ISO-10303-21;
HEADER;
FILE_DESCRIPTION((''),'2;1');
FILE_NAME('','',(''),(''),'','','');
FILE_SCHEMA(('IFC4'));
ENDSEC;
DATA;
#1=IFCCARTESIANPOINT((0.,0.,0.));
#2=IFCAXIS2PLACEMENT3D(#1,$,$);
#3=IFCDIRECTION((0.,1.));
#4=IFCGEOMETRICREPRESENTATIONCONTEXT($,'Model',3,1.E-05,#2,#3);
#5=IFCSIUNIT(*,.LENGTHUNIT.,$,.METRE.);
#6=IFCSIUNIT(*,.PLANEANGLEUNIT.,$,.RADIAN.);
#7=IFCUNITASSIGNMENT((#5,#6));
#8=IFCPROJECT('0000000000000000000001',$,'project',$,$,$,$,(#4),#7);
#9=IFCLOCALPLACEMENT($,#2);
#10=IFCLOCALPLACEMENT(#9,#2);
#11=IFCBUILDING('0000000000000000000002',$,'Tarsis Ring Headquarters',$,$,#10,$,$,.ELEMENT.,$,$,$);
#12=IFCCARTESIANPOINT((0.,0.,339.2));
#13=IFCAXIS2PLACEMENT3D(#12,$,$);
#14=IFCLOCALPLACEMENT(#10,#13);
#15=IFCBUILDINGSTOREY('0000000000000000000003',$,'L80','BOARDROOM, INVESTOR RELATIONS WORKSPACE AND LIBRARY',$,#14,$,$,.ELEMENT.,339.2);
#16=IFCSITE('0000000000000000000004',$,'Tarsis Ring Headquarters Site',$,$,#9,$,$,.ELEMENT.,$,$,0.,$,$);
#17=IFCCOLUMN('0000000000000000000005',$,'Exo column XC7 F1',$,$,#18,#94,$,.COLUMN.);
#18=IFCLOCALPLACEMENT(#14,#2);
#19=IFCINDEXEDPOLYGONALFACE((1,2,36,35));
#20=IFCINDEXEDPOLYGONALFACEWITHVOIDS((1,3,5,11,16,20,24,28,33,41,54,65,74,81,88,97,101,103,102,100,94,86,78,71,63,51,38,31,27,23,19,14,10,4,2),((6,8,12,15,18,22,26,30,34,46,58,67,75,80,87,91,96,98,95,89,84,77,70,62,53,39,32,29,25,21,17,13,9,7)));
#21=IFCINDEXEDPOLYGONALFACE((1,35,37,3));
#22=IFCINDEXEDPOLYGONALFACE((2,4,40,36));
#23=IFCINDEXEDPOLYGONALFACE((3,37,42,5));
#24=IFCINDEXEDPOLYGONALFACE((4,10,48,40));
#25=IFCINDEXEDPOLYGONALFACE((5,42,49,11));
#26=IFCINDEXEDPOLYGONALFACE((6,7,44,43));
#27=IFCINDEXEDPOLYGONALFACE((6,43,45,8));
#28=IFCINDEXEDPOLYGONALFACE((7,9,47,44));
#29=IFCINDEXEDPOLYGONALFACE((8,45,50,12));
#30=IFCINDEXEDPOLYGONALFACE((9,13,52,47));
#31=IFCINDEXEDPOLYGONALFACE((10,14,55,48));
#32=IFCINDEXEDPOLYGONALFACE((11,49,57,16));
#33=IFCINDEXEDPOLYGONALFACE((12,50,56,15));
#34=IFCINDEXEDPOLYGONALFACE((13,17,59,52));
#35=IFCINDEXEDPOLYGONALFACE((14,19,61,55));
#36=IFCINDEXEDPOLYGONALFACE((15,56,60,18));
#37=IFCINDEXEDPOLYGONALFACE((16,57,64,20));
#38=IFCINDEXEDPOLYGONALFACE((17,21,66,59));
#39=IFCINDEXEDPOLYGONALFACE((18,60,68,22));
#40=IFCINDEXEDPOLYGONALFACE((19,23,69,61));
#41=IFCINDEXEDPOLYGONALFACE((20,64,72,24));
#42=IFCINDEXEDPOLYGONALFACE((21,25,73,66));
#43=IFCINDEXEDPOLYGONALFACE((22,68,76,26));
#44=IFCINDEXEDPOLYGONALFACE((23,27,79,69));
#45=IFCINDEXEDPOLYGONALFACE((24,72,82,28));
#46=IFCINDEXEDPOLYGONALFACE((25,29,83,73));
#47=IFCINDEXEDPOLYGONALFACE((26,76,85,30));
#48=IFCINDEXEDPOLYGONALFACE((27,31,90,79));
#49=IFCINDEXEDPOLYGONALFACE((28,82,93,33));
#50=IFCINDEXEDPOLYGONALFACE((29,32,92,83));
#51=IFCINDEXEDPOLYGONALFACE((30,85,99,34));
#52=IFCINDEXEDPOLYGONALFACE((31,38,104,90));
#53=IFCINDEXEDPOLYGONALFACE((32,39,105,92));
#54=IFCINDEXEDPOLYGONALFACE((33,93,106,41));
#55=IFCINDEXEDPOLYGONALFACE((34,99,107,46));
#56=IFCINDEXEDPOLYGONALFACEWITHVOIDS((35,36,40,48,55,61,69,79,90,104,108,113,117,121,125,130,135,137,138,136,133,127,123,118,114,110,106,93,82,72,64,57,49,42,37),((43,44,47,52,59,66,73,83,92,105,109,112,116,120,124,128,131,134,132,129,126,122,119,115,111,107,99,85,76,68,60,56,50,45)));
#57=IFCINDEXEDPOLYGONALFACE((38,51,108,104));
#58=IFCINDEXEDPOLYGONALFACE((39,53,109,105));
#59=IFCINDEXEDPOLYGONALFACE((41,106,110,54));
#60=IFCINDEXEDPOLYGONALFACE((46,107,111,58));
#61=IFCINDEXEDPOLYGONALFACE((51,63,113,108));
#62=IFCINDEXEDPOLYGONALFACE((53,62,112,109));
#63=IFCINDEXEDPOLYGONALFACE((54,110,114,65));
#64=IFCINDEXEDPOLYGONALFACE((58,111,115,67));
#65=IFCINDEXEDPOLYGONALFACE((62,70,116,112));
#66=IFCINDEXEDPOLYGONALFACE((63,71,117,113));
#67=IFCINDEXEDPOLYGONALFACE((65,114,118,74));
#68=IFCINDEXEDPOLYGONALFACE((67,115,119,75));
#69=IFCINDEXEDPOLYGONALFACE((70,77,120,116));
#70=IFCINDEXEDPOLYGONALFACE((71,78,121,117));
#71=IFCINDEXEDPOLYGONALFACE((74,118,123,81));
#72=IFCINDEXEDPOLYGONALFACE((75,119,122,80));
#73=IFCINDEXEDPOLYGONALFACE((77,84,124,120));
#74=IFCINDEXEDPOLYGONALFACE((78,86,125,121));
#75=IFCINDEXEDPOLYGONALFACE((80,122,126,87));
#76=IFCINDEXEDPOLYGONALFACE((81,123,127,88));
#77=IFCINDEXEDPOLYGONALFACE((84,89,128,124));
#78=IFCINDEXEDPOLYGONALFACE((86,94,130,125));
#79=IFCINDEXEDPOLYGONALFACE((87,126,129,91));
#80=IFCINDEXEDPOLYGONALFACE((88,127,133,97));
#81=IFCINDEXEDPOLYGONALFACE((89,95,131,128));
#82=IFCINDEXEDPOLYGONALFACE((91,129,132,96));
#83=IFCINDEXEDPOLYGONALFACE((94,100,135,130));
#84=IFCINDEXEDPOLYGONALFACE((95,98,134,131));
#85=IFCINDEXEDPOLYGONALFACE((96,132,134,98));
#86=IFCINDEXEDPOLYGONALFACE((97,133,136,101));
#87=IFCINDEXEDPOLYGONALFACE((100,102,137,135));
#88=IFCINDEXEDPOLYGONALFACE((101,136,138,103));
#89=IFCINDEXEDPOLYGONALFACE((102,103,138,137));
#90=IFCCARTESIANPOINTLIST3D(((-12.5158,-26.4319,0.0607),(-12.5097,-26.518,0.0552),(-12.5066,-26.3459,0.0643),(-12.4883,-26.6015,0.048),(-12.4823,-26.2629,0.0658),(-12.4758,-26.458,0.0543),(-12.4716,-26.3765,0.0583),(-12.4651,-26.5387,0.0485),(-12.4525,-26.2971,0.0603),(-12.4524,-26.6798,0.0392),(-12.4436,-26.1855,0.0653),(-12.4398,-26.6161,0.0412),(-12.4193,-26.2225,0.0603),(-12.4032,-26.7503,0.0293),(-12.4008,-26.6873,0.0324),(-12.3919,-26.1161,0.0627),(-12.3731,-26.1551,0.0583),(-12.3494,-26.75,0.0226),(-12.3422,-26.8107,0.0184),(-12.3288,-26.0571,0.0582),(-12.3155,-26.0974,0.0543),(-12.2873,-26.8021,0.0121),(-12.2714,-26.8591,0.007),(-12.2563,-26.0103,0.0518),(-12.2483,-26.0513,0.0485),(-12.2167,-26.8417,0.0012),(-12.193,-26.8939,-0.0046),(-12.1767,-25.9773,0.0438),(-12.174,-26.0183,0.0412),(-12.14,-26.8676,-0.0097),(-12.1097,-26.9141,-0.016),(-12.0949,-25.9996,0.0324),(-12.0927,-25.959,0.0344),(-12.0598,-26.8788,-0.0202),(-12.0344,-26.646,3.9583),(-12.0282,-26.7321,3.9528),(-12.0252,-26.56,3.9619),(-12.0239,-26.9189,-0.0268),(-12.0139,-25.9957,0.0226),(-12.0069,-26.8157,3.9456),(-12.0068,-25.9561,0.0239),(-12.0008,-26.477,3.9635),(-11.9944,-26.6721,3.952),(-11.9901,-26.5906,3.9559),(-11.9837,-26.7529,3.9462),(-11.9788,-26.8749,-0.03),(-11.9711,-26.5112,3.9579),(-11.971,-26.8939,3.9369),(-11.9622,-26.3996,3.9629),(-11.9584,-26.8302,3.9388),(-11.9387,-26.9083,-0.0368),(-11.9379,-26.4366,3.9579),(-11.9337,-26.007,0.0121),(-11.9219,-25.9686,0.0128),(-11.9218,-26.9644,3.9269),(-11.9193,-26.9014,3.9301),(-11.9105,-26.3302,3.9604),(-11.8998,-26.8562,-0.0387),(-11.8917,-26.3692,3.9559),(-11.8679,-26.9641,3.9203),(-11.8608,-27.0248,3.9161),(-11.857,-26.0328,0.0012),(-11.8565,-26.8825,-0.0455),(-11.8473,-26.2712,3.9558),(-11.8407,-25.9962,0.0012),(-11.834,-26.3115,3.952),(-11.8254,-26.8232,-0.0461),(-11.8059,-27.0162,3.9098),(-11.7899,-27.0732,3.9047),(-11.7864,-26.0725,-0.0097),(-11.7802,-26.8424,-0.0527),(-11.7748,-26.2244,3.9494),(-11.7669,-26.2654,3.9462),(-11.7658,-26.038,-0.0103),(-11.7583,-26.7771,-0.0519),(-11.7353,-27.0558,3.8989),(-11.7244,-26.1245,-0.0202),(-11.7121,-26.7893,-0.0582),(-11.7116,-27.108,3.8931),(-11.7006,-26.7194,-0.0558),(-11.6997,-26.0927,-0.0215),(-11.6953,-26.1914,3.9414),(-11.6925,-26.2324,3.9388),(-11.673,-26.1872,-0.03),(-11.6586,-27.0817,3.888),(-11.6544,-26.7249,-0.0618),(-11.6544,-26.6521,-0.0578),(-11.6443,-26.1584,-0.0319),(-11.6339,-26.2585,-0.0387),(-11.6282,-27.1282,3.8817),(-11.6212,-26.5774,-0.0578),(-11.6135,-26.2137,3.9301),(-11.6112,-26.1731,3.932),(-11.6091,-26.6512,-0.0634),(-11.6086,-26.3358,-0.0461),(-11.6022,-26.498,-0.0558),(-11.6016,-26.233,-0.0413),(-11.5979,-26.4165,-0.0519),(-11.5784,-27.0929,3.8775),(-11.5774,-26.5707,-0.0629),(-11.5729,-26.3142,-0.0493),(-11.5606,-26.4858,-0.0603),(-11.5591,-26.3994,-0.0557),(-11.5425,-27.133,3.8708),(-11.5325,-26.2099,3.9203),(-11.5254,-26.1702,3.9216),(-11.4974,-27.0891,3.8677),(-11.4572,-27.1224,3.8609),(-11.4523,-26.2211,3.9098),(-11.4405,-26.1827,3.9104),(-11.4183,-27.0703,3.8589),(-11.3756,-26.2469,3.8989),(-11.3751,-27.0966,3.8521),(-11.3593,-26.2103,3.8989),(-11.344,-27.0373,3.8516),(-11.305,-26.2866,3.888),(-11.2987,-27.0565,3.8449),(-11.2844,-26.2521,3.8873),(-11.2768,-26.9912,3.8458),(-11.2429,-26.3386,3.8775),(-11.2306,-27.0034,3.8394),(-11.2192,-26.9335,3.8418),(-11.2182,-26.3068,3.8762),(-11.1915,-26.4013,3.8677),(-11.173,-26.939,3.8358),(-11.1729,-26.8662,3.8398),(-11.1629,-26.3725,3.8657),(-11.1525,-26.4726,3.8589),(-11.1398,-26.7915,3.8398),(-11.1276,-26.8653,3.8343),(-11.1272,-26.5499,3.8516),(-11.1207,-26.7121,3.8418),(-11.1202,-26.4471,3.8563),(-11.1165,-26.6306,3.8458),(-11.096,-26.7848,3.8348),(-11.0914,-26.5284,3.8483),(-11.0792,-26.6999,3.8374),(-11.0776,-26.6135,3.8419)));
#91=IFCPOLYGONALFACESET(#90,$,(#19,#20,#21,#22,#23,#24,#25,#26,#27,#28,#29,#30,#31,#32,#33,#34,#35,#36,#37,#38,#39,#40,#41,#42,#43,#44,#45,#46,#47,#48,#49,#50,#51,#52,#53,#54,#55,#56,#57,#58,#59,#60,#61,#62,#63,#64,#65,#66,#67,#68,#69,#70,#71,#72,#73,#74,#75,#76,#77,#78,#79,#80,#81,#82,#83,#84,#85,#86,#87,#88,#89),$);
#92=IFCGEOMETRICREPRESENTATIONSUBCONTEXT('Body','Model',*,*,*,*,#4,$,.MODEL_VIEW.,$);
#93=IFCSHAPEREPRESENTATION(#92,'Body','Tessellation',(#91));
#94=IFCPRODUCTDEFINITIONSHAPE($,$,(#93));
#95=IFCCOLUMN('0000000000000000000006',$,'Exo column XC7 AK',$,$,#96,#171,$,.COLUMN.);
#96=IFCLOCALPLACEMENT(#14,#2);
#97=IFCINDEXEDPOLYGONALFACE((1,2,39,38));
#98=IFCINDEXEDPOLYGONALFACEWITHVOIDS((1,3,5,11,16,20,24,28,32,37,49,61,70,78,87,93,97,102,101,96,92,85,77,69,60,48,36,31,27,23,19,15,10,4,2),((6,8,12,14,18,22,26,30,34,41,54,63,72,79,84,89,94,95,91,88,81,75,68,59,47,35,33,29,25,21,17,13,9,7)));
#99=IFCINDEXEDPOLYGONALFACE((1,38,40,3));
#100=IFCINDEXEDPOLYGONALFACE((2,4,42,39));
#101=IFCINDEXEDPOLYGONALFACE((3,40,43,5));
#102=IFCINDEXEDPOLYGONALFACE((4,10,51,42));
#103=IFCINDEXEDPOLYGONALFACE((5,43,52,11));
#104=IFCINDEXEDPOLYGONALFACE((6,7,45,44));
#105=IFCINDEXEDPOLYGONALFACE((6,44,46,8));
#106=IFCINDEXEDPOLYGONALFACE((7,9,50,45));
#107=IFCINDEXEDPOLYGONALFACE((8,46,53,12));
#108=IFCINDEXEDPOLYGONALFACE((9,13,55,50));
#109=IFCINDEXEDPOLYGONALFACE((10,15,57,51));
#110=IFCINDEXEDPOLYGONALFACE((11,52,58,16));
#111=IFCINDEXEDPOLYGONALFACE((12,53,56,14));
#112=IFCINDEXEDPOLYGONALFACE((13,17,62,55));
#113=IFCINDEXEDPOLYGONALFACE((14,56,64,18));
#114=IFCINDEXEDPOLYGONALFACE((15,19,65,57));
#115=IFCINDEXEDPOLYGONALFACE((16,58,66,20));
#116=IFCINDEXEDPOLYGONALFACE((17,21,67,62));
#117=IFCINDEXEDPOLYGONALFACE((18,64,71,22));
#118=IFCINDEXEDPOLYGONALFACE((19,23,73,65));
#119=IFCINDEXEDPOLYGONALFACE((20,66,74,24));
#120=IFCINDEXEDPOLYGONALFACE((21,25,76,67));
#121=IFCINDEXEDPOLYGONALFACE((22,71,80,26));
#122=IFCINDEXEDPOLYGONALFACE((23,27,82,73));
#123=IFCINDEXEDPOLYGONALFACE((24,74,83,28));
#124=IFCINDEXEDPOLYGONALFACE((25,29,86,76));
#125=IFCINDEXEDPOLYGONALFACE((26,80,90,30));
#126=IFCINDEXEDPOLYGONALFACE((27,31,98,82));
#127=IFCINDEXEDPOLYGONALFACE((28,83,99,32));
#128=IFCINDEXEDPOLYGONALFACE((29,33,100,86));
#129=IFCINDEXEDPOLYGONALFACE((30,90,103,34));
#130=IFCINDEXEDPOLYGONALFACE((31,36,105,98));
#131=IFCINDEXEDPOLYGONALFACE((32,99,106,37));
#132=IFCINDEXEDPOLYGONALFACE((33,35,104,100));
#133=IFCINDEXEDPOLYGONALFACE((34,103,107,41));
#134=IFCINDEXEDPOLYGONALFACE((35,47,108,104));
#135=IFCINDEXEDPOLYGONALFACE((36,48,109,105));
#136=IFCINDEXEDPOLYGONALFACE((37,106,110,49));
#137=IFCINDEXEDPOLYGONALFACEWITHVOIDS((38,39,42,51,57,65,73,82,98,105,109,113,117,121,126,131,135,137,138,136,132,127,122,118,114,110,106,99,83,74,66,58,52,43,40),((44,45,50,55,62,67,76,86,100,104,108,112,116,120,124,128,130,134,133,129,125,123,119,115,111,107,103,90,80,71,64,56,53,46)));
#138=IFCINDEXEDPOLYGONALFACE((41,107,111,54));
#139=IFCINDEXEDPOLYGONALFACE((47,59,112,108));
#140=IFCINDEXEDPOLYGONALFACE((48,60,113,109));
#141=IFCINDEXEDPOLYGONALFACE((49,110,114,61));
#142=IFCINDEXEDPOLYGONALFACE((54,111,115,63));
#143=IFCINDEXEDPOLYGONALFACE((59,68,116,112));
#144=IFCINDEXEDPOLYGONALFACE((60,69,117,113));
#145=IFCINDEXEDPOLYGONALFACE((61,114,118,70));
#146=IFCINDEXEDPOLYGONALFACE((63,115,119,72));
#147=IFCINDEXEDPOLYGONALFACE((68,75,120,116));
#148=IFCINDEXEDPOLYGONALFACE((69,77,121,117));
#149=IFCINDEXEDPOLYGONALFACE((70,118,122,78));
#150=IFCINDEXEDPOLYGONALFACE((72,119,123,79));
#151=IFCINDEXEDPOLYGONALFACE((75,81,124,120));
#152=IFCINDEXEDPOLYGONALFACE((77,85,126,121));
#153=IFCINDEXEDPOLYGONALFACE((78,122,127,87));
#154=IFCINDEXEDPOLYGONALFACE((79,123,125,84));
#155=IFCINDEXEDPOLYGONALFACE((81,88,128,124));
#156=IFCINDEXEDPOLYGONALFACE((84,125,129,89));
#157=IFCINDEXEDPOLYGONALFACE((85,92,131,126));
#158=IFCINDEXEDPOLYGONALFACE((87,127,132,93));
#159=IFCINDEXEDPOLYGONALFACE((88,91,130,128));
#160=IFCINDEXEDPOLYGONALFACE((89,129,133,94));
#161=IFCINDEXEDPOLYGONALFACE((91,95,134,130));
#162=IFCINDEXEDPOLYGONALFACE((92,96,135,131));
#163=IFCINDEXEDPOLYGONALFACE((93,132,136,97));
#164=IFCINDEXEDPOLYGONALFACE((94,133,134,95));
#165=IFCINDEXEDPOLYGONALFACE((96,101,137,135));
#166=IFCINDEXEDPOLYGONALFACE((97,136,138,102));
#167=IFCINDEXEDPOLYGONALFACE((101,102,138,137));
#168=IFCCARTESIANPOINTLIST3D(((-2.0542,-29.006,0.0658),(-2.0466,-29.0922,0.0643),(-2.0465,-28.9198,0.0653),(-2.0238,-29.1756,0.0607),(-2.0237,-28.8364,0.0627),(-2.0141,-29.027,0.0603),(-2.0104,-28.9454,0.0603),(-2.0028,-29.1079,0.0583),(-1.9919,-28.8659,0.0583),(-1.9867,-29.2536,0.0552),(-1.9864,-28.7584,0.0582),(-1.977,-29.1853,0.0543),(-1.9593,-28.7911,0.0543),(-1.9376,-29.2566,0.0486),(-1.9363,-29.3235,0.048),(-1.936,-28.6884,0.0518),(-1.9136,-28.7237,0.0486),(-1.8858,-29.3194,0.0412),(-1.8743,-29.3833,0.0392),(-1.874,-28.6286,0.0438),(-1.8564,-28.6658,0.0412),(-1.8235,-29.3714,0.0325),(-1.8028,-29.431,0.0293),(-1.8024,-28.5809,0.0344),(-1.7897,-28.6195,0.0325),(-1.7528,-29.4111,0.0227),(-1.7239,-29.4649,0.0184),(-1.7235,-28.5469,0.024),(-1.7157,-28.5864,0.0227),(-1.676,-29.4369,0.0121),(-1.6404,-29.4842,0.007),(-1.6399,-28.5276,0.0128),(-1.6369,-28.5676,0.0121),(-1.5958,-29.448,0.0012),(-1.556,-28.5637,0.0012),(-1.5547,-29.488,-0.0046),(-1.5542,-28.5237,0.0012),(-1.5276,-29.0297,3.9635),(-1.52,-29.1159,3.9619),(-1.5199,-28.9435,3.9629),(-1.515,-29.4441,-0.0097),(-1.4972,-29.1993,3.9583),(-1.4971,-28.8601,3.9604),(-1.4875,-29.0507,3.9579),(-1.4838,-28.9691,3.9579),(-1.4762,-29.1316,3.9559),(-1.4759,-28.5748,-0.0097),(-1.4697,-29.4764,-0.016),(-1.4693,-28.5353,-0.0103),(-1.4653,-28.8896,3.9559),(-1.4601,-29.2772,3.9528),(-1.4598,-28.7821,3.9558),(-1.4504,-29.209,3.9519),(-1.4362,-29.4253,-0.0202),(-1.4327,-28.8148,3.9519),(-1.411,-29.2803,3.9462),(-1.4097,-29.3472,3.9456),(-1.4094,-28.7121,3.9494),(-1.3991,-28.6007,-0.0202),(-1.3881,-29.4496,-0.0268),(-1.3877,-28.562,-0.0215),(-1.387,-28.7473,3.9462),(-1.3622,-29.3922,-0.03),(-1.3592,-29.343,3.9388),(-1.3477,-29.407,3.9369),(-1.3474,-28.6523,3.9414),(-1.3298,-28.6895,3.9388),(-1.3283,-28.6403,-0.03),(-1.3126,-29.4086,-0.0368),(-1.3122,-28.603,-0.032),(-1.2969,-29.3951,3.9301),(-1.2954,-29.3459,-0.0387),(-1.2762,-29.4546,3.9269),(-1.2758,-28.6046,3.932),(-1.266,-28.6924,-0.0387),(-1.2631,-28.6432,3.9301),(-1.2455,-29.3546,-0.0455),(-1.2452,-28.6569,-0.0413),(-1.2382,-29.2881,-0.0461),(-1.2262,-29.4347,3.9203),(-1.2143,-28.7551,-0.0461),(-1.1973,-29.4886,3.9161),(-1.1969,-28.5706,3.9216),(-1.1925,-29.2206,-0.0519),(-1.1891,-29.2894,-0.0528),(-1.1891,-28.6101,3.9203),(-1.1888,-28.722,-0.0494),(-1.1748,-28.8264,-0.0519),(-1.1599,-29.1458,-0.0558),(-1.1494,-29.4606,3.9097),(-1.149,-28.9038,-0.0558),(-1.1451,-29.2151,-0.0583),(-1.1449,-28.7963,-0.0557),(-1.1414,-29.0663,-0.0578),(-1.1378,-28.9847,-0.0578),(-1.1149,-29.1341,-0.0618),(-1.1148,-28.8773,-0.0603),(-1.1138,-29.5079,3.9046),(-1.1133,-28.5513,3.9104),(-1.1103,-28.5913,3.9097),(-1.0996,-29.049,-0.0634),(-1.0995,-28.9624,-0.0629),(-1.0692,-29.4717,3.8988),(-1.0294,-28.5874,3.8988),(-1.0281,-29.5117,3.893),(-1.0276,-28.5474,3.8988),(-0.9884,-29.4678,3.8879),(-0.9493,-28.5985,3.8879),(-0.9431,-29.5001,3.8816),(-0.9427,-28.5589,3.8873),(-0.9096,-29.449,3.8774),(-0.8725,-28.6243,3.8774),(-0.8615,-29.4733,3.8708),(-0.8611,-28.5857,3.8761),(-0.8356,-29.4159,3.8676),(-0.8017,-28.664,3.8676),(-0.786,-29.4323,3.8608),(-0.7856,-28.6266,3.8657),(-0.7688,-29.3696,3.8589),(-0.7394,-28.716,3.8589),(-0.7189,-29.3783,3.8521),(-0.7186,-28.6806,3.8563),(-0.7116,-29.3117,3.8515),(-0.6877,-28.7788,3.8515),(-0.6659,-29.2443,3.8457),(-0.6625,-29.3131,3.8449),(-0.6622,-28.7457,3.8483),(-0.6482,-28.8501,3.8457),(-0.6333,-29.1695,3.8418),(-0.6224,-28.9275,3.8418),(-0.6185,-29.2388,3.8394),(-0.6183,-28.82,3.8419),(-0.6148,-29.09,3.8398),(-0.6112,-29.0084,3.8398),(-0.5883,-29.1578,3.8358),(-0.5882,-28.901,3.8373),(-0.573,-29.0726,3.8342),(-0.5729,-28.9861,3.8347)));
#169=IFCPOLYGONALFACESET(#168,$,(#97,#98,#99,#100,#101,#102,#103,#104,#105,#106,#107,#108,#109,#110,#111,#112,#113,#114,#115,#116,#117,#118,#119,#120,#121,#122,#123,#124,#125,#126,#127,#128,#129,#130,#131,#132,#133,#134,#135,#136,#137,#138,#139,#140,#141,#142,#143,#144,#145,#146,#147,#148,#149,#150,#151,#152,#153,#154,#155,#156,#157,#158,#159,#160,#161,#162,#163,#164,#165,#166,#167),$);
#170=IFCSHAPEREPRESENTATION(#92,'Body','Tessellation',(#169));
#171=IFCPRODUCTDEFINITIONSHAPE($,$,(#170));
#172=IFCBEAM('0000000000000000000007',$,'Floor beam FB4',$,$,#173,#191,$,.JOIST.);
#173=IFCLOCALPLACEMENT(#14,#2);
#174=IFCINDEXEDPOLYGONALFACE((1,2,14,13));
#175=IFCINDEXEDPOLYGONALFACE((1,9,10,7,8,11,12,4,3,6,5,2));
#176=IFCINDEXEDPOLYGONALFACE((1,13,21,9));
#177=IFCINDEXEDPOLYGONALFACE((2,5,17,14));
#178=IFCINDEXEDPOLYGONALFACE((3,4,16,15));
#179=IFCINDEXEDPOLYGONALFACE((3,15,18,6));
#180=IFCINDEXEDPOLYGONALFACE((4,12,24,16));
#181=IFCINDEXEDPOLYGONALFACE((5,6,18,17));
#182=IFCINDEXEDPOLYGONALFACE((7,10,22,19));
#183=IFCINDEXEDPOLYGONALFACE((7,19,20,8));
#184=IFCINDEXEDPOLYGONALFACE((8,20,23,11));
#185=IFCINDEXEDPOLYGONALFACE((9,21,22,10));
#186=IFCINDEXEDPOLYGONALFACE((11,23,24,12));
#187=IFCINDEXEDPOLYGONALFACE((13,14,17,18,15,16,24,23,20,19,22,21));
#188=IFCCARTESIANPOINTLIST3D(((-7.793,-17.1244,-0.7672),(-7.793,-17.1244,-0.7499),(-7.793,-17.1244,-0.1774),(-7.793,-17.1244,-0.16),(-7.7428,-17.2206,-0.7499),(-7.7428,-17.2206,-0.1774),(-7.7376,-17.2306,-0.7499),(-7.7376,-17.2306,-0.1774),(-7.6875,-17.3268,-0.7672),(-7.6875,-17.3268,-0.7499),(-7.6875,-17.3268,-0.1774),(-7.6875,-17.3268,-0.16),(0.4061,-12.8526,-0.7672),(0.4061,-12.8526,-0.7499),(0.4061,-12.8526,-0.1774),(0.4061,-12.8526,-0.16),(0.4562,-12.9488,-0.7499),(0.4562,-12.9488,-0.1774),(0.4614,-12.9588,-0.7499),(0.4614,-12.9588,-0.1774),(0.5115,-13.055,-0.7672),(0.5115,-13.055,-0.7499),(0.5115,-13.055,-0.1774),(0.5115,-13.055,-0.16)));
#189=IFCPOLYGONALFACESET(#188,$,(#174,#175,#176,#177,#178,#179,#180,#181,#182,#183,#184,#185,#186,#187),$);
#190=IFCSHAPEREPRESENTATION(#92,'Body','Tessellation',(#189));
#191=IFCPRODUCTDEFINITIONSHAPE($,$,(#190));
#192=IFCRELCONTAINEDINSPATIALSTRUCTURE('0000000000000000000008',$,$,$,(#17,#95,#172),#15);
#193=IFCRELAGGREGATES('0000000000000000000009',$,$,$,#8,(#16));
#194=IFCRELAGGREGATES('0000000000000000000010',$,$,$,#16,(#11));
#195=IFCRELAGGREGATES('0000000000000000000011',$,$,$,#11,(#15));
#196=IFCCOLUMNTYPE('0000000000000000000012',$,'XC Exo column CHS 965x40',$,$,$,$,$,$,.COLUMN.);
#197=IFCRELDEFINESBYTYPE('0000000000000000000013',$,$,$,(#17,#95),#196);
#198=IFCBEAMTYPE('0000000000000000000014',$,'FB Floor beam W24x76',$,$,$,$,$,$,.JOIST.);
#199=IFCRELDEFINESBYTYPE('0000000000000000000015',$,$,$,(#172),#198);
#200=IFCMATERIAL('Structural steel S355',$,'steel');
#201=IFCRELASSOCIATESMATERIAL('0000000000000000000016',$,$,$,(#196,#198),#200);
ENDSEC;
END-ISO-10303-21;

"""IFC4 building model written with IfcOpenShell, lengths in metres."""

from ifc_helpers import new_model, si_unit, direction, frame, origin, origin_2d, place, context, subcontext, project, spatial, hollow_circle, i_section, extrude, material, material_profile, profile_set, type_object, element, save


model = new_model("IFC4")

# Units and contexts
model_context = context("Model", 3, precision=1e-05, world=origin(), true_north=direction((0.0, 1.0)))
body_context = subcontext(model_context, "Body", "Model", "MODEL_VIEW")
ifc_project = project(units=[si_unit("LENGTHUNIT", "METRE"), si_unit("PLANEANGLEUNIT", "RADIAN")], contexts=[model_context])

# Site, building, storey
site_placement = place(None, origin())
site = spatial("IfcSite", under=ifc_project, at=site_placement, Name="Tarsis Ring Headquarters Site", CompositionType="ELEMENT", RefElevation=0.0)
building_placement = place(site_placement, origin())
building = spatial("IfcBuilding", under=site, at=building_placement, Name="Tarsis Ring Headquarters", CompositionType="ELEMENT")
storey_placement = place(building_placement, frame((0.0, 0.0, 339.2)))
storey = spatial("IfcBuildingStorey", under=building, at=storey_placement, Name="L80", Description="BOARDROOM, INVESTOR RELATIONS WORKSPACE AND LIBRARY", CompositionType="ELEMENT", Elevation=339.2)

# Columns
ifc_material_1 = material(Name="Structural steel S355", Category="steel")
ifc_material_profile_1 = material_profile(ifc_material_1, hollow_circle(Radius=0.4827, WallThickness=0.04, at=origin_2d()), Name="CHS 965x40")
ifc_profile_set_1 = profile_set([ifc_material_profile_1], Name="Structural steel S355")
column_type = type_object("IfcColumnType", Name="XC Exo column CHS 965x40", PredefinedType="COLUMN", material=ifc_profile_set_1)
for number, where, z_axis, x_axis, name in (
    (1, (-12.0369, -26.4373, 0.0012), (0.122407, -0.054437, 0.990986), (0.406353, 0.913716, 0.0), "Exo column XC7 F1"),
    (2, (-1.5759, -29.0059, 0.0012), (0.133889, -0.006021, 0.990978), (0.044924, 0.99899, 0.0), "Exo column XC7 AK"),
):
    element("IfcColumn", number, at=place(storey_placement, frame(where, z_axis=z_axis, x_axis=x_axis)), inside=storey, type_object=column_type, Name=name, PredefinedType="COLUMN", context=body_context, shape_type="SweptSolid", body=[
        extrude(hollow_circle(Radius=0.4827, WallThickness=0.04, at=origin_2d()), origin(), (0.0, 0.0, 1.0), 3.9331),
    ])

# Beam
ifc_material_profile_2 = material_profile(ifc_material_1, i_section(OverallWidth=0.2283, OverallDepth=0.6072, WebThickness=0.0112, FlangeThickness=0.0173, at=origin_2d()), Name="W24x76")
ifc_profile_set_2 = profile_set([ifc_material_profile_2], Name="Structural steel S355")
beam_type_1 = type_object("IfcBeamType", Name="FB Floor beam W24x76", PredefinedType="JOIST", material=ifc_profile_set_2)
beam_1_placement = place(storey_placement, frame((-7.7402, -17.2256, -0.4636), z_axis=(0.886851, 0.462056, 0.0), x_axis=(-0.462056, 0.886851, 0.0)))
element("IfcBeam", 3, at=beam_1_placement, inside=storey, type_object=beam_type_1, Name="Floor beam FB4", PredefinedType="JOIST", context=body_context, shape_type="SweptSolid", body=[
    extrude(i_section(OverallWidth=0.2283, OverallDepth=0.6072, WebThickness=0.0112, FlangeThickness=0.0173, at=origin_2d()), origin(), (0.0, 0.0, 1.0), 9.2451),
])

save(model, "model.ifc")
